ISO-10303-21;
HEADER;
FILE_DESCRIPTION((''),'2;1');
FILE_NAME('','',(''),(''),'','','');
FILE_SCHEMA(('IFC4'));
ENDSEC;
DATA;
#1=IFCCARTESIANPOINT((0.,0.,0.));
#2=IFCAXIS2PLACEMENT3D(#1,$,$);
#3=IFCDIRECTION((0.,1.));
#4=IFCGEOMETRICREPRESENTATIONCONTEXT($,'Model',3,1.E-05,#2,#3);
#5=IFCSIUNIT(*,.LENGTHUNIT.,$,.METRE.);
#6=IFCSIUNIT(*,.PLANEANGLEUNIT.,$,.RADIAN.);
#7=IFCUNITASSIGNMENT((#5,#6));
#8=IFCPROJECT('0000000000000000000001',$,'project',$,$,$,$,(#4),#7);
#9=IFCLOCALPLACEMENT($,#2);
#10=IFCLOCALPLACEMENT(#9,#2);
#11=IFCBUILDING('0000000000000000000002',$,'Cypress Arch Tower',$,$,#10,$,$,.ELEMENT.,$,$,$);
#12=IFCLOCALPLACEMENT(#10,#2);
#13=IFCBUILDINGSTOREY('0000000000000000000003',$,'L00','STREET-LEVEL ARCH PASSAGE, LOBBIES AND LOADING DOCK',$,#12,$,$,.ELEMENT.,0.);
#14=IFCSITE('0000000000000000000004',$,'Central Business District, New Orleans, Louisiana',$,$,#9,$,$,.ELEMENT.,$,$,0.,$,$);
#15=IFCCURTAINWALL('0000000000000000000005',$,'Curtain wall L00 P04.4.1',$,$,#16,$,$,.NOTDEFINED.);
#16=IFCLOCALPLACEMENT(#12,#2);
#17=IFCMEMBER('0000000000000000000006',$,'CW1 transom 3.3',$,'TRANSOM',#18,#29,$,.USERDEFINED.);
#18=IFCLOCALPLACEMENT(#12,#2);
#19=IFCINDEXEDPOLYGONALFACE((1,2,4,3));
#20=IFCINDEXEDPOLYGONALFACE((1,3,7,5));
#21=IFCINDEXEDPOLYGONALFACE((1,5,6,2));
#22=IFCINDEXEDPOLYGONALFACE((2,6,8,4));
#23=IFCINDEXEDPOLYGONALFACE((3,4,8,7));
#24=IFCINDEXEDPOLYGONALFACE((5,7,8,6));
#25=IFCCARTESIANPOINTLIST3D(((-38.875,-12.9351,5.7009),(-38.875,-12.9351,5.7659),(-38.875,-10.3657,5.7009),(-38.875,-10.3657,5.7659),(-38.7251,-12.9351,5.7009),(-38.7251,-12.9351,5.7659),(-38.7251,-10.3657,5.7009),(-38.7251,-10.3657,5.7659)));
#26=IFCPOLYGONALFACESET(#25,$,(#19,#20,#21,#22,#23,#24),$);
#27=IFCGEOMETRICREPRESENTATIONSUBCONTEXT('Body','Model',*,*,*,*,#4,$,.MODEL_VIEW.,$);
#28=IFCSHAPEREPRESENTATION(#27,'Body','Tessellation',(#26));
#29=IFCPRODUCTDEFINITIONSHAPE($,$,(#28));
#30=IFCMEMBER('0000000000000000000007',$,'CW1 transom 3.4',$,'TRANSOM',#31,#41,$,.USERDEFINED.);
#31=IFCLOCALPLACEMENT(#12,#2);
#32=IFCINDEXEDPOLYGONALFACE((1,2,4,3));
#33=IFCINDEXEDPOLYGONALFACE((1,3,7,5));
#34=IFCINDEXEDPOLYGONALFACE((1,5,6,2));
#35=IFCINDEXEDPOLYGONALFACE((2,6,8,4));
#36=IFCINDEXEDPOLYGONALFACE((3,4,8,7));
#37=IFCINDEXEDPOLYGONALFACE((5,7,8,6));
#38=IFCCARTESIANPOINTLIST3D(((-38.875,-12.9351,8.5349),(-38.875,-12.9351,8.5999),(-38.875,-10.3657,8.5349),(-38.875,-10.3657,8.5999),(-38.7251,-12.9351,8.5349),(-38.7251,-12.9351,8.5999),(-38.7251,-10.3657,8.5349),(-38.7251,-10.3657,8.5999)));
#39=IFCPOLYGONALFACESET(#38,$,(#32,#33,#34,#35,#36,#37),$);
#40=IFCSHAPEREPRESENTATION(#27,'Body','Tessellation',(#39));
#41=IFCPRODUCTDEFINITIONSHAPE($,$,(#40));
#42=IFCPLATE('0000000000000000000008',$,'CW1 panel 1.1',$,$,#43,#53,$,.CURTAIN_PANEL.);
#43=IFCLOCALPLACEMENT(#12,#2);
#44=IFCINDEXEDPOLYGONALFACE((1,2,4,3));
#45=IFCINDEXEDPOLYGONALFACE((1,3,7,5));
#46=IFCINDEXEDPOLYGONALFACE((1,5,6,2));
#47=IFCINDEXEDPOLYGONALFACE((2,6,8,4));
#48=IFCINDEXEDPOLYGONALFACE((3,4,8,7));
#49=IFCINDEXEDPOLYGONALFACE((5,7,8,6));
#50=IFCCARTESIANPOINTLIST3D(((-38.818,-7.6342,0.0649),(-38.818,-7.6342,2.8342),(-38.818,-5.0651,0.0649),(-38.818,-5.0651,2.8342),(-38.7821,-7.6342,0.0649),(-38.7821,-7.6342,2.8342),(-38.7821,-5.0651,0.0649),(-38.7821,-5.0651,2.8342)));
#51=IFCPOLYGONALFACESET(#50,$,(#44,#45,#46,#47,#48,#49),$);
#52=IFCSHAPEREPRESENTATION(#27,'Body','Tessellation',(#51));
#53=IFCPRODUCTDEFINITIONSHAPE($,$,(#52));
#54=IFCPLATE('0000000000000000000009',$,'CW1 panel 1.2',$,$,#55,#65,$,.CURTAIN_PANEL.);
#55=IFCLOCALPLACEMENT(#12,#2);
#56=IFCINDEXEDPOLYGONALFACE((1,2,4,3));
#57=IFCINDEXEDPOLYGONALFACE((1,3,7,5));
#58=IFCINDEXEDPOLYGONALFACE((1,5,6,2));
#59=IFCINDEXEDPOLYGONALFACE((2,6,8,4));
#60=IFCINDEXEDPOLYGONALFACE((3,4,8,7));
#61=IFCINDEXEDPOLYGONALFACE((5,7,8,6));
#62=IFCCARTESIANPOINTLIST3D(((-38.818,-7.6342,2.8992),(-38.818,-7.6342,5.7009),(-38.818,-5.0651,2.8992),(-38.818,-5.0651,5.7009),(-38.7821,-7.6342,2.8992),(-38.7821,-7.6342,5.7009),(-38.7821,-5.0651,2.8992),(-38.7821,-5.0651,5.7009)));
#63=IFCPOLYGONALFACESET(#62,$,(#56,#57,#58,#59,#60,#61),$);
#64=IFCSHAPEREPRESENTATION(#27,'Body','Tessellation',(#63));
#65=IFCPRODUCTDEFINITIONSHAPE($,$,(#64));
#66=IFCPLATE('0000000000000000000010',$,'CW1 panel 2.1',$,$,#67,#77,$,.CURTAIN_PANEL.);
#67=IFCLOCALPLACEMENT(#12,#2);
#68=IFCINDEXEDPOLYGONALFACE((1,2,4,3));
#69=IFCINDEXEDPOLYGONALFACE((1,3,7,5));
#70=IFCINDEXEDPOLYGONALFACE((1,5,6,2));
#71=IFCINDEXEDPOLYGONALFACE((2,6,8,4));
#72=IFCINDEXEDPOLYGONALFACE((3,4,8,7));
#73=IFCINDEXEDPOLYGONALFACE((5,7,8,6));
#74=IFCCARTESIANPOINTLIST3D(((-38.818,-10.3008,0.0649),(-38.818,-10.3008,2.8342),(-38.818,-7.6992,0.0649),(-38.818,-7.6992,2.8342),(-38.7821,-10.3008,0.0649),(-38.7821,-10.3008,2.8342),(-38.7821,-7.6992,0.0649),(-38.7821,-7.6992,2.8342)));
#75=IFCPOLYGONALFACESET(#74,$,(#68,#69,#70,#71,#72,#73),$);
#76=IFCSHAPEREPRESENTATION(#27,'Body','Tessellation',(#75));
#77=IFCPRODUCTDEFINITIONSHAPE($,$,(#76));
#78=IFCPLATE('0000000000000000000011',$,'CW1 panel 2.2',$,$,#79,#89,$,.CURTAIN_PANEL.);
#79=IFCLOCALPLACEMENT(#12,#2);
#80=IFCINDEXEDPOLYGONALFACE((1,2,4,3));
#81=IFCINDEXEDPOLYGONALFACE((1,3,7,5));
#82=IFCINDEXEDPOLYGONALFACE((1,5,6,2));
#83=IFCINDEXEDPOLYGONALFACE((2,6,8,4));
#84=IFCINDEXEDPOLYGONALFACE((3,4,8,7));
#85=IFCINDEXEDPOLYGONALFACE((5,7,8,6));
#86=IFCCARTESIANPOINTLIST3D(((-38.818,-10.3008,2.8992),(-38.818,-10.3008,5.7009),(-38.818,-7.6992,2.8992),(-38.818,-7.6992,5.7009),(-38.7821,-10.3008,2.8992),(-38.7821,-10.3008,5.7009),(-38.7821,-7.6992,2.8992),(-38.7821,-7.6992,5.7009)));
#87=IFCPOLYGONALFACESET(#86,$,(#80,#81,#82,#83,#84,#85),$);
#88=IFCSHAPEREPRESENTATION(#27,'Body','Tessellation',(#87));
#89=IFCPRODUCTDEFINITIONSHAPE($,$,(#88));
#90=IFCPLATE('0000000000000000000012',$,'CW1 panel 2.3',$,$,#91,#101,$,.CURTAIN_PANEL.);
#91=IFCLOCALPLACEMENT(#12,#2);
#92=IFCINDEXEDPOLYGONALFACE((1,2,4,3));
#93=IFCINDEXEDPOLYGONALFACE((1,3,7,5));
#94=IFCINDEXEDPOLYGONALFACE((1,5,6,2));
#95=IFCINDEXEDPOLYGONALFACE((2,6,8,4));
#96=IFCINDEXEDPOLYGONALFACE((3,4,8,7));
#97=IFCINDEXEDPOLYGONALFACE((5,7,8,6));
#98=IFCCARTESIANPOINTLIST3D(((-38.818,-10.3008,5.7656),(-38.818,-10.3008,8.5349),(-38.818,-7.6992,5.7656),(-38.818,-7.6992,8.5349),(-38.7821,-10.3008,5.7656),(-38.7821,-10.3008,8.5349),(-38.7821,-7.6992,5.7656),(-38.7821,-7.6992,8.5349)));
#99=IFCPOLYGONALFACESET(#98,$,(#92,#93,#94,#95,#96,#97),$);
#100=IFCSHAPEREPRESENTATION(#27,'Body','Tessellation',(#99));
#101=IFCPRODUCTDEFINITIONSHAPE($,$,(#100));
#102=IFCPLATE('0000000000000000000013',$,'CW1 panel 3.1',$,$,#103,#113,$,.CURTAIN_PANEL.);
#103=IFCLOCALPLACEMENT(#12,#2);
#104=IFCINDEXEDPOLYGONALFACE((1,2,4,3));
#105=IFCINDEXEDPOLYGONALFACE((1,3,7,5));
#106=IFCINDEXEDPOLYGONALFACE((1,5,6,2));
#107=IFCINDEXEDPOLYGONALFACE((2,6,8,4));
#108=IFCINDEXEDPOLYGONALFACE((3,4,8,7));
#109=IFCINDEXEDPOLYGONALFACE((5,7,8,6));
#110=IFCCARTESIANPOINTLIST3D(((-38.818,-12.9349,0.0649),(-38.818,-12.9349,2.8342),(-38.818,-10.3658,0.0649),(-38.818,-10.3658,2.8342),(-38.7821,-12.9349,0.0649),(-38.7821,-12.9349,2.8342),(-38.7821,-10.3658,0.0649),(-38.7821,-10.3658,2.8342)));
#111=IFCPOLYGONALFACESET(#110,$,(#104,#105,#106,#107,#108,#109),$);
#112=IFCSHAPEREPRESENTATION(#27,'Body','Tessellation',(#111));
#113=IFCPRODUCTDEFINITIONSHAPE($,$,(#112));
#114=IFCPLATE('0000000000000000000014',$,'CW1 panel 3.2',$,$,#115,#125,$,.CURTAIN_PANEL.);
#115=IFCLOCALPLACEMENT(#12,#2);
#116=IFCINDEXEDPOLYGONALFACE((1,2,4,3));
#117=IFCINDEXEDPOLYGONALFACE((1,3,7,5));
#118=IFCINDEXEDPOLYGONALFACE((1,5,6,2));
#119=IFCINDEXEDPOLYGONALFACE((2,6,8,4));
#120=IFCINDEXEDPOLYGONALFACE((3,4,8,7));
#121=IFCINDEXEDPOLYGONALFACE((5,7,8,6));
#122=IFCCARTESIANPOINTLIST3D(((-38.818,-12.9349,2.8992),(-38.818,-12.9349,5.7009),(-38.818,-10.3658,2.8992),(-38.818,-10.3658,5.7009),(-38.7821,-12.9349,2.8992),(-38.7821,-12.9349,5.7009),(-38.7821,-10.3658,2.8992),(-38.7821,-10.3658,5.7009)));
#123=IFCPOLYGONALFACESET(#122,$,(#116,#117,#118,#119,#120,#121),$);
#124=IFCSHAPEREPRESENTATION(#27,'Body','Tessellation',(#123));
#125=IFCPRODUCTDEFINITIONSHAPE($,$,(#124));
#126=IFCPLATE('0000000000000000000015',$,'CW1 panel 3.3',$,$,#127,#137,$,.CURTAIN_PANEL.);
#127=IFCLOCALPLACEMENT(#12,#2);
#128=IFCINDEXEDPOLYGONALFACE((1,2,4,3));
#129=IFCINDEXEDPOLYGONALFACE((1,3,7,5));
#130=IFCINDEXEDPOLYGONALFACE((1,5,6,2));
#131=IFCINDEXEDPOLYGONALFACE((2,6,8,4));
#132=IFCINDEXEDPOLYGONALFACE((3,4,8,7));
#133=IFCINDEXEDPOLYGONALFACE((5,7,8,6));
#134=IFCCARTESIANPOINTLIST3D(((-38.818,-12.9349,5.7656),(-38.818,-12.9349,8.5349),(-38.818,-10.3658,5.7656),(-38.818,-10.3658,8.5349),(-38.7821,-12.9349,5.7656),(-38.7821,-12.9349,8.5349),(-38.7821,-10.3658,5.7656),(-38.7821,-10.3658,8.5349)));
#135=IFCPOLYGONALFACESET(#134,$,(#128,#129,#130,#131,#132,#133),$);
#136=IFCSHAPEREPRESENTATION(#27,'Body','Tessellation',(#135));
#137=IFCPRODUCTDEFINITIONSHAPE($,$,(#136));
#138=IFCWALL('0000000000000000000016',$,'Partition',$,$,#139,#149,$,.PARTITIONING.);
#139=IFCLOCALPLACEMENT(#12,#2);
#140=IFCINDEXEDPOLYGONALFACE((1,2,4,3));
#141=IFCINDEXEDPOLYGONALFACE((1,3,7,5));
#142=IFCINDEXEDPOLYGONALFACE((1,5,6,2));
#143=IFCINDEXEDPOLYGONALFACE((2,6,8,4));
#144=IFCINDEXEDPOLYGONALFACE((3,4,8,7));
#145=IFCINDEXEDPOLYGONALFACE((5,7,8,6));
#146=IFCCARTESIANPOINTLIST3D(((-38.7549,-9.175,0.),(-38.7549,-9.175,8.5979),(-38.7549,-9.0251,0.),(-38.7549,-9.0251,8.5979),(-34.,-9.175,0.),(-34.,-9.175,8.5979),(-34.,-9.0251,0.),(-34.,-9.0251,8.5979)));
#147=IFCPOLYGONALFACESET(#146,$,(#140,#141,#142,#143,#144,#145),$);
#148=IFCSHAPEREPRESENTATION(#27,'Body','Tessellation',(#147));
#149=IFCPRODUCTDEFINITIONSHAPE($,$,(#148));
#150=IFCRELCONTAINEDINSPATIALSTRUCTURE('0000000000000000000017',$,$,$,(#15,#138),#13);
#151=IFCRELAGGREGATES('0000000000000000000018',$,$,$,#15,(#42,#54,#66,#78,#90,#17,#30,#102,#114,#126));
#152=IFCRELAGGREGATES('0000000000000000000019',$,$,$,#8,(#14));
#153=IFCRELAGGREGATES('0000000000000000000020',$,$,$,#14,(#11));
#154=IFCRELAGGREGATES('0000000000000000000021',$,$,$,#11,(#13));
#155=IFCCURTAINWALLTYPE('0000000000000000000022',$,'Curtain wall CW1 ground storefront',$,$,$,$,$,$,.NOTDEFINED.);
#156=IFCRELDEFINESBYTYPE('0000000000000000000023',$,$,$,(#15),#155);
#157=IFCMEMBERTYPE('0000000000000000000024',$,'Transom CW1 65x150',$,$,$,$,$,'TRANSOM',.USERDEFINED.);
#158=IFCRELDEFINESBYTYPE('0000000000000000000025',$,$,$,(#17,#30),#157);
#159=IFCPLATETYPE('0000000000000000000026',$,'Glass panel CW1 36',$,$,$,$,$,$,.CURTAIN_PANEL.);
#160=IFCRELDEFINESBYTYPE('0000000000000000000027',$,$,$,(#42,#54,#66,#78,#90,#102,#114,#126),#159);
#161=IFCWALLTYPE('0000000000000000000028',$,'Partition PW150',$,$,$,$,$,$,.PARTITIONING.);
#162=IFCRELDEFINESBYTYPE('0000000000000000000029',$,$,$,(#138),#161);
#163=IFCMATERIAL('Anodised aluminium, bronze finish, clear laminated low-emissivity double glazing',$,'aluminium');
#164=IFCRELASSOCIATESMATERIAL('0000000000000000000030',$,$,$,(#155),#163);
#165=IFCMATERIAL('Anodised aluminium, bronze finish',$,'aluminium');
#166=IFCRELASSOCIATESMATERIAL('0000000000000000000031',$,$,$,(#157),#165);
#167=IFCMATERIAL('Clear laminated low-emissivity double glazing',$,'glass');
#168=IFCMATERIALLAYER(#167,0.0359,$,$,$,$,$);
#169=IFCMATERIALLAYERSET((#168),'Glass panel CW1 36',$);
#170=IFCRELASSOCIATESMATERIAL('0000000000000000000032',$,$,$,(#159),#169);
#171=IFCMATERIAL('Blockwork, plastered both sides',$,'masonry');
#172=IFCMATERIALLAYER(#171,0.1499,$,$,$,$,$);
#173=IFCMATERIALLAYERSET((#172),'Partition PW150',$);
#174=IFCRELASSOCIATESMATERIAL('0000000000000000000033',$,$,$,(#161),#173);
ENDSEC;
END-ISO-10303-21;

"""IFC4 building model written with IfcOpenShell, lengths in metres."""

from ifc_helpers import new_model, si_unit, direction, frame, frame_2d, origin, origin_2d, place, context, subcontext, project, spatial, rectangle, extrude, material, layer, layer_set, material_profile, profile_set, type_object, element, aggregate, save


model = new_model("IFC4")

# Units and contexts
model_context = context("Model", 3, precision=1e-05, world=origin(), true_north=direction((0.0, 1.0)))
body_context = subcontext(model_context, "Body", "Model", "MODEL_VIEW")
ifc_project = project(units=[si_unit("LENGTHUNIT", "METRE"), si_unit("PLANEANGLEUNIT", "RADIAN")], contexts=[model_context])

# Site, building, storey
site_placement = place(None, origin())
site = spatial("IfcSite", under=ifc_project, at=site_placement, Name="Central Business District, New Orleans, Louisiana", CompositionType="ELEMENT", RefElevation=0.0)
building_placement = place(site_placement, origin())
building = spatial("IfcBuilding", under=site, at=building_placement, Name="Cypress Arch Tower", CompositionType="ELEMENT")
storey_placement = place(building_placement, origin())
storey = spatial("IfcBuildingStorey", under=building, at=storey_placement, Name="L00", Description="STREET-LEVEL ARCH PASSAGE, LOBBIES AND LOADING DOCK", CompositionType="ELEMENT", Elevation=0.0)

# Curtain wall, members, plates
ifc_material_1 = material(Name="Anodised aluminium, bronze finish, clear laminated low-emissivity double glazing", Category="aluminium")
curtain_wall_type = type_object("IfcCurtainWallType", Name="Curtain wall CW1 ground storefront", PredefinedType="NOTDEFINED", material=ifc_material_1)
curtain_wall_placement = place(storey_placement, origin())
curtain_wall = element("IfcCurtainWall", 1, at=curtain_wall_placement, inside=storey, type_object=curtain_wall_type, Name="Curtain wall L00 P04.4.1", PredefinedType="NOTDEFINED")
ifc_material_2 = material(Name="Anodised aluminium, bronze finish", Category="aluminium")
ifc_material_profile_1 = material_profile(ifc_material_2, rectangle(XDim=0.1499, YDim=0.0649, at=origin_2d()), Name="Transom 65x150")
ifc_profile_set_1 = profile_set([ifc_material_profile_1], Name="Anodised aluminium, bronze finish")
member_type_1 = type_object("IfcMemberType", Name="Transom CW1 65x150", ElementType="TRANSOM", PredefinedType="USERDEFINED", material=ifc_profile_set_1)
member_1_placement = place(storey_placement, frame((-38.8, -10.3657, 5.7334), z_axis=(0.0, -1.0, 0.0), x_axis=(1.0, 0.0, 0.0)))
member_1 = element("IfcMember", 2, at=member_1_placement, type_object=member_type_1, Name="CW1 transom 3.3", ObjectType="TRANSOM", PredefinedType="USERDEFINED", context=body_context, shape_type="SweptSolid", body=[
    extrude(rectangle(XDim=0.1499, YDim=0.0649, at=origin_2d()), origin(), (0.0, 0.0, 1.0), 2.5693),
])
member_2_placement = place(storey_placement, frame((-38.8, -10.3657, 8.5674), z_axis=(0.0, -1.0, 0.0), x_axis=(1.0, 0.0, 0.0)))
member_2 = element("IfcMember", 3, at=member_2_placement, type_object=member_type_1, Name="CW1 transom 3.4", ObjectType="TRANSOM", PredefinedType="USERDEFINED", context=body_context, shape_type="SweptSolid", body=[
    extrude(rectangle(XDim=0.1499, YDim=0.0649, at=origin_2d()), origin(), (0.0, 0.0, 1.0), 2.5693),
])
ifc_material_3 = material(Name="Clear laminated low-emissivity double glazing", Category="glass")
ifc_layer_1 = layer(ifc_material_3, 0.0359)
ifc_layer_set_1 = layer_set([ifc_layer_1], Name="Glass panel CW1 36")
plate_type = type_object("IfcPlateType", Name="Glass panel CW1 36", PredefinedType="CURTAIN_PANEL", material=ifc_layer_set_1)
plate_1_placement = place(storey_placement, frame((-38.8, -6.3496, 0.0649), z_axis=(0.0, 0.0, 1.0), x_axis=(0.0, -1.0, 0.0)))
plate_1 = element("IfcPlate", 4, at=plate_1_placement, type_object=plate_type, Name="CW1 panel 1.1", PredefinedType="CURTAIN_PANEL", context=body_context, shape_type="SweptSolid", body=[
    extrude(rectangle(XDim=2.5691, YDim=0.0359, at=origin_2d()), origin(), (0.0, 0.0, 1.0), 2.7693),
])
plate_2_placement = place(storey_placement, frame((-38.8, -6.3496, 2.8992), z_axis=(0.0, 0.0, 1.0), x_axis=(0.0, -1.0, 0.0)))
plate_2 = element("IfcPlate", 5, at=plate_2_placement, type_object=plate_type, Name="CW1 panel 1.2", PredefinedType="CURTAIN_PANEL", context=body_context, shape_type="SweptSolid", body=[
    extrude(rectangle(XDim=2.5691, YDim=0.0359, at=origin_2d()), origin(), (0.0, 0.0, 1.0), 2.8018),
])
plate_3_placement = place(storey_placement, frame((-38.8, -9.0, 0.0649), z_axis=(0.0, 0.0, 1.0), x_axis=(0.0, -1.0, 0.0)))
plate_3 = element("IfcPlate", 6, at=plate_3_placement, type_object=plate_type, Name="CW1 panel 2.1", PredefinedType="CURTAIN_PANEL", context=body_context, shape_type="SweptSolid", body=[
    extrude(rectangle(XDim=2.6016, YDim=0.0359, at=origin_2d()), origin(), (0.0, 0.0, 1.0), 2.7693),
])
plate_4_placement = place(storey_placement, frame((-38.8, -9.0, 2.8992), z_axis=(0.0, 0.0, 1.0), x_axis=(0.0, -1.0, 0.0)))
plate_4 = element("IfcPlate", 7, at=plate_4_placement, type_object=plate_type, Name="CW1 panel 2.2", PredefinedType="CURTAIN_PANEL", context=body_context, shape_type="SweptSolid", body=[
    extrude(rectangle(XDim=2.6016, YDim=0.0359, at=origin_2d()), origin(), (0.0, 0.0, 1.0), 2.8018),
])
plate_5_placement = place(storey_placement, frame((-38.8, -9.0, 5.7656), z_axis=(0.0, 0.0, 1.0), x_axis=(0.0, -1.0, 0.0)))
plate_5 = element("IfcPlate", 8, at=plate_5_placement, type_object=plate_type, Name="CW1 panel 2.3", PredefinedType="CURTAIN_PANEL", context=body_context, shape_type="SweptSolid", body=[
    extrude(rectangle(XDim=2.6016, YDim=0.0359, at=origin_2d()), origin(), (0.0, 0.0, 1.0), 2.7693),
])
plate_6_placement = place(storey_placement, frame((-38.8, -11.6504, 0.0649), z_axis=(0.0, 0.0, 1.0), x_axis=(0.0, -1.0, 0.0)))
plate_6 = element("IfcPlate", 9, at=plate_6_placement, type_object=plate_type, Name="CW1 panel 3.1", PredefinedType="CURTAIN_PANEL", context=body_context, shape_type="SweptSolid", body=[
    extrude(rectangle(XDim=2.5691, YDim=0.0359, at=origin_2d()), origin(), (0.0, 0.0, 1.0), 2.7693),
])
plate_7_placement = place(storey_placement, frame((-38.8, -11.6504, 2.8992), z_axis=(0.0, 0.0, 1.0), x_axis=(0.0, -1.0, 0.0)))
plate_7 = element("IfcPlate", 10, at=plate_7_placement, type_object=plate_type, Name="CW1 panel 3.2", PredefinedType="CURTAIN_PANEL", context=body_context, shape_type="SweptSolid", body=[
    extrude(rectangle(XDim=2.5691, YDim=0.0359, at=origin_2d()), origin(), (0.0, 0.0, 1.0), 2.8018),
])
plate_8_placement = place(storey_placement, frame((-38.8, -11.6504, 5.7656), z_axis=(0.0, 0.0, 1.0), x_axis=(0.0, -1.0, 0.0)))
plate_8 = element("IfcPlate", 11, at=plate_8_placement, type_object=plate_type, Name="CW1 panel 3.3", PredefinedType="CURTAIN_PANEL", context=body_context, shape_type="SweptSolid", body=[
    extrude(rectangle(XDim=2.5691, YDim=0.0359, at=origin_2d()), origin(), (0.0, 0.0, 1.0), 2.7693),
])
aggregate(curtain_wall, [plate_1, plate_2, plate_3, plate_4, plate_5, member_1, member_2, plate_6, plate_7, plate_8])

# Wall
ifc_material_4 = material(Name="Blockwork, plastered both sides", Category="masonry")
ifc_layer_2 = layer(ifc_material_4, 0.1499)
ifc_layer_set_2 = layer_set([ifc_layer_2], Name="Partition PW150")
wall_type = type_object("IfcWallType", Name="Partition PW150", PredefinedType="PARTITIONING", material=ifc_layer_set_2)
wall_placement = place(storey_placement, frame((-38.7549, -9.1001, 0.0), z_axis=(0.0, 0.0, 1.0), x_axis=(1.0, 0.0, 0.0)))
element("IfcWall", 12, at=wall_placement, inside=storey, type_object=wall_type, Name="Partition", PredefinedType="PARTITIONING", context=body_context, shape_type="SweptSolid", body=[
    extrude(rectangle(XDim=4.7549, YDim=0.1499, at=frame_2d((2.3774, 0.0))), origin(), (0.0, 0.0, 1.0), 8.5979),
])

save(model, "model.ifc")
